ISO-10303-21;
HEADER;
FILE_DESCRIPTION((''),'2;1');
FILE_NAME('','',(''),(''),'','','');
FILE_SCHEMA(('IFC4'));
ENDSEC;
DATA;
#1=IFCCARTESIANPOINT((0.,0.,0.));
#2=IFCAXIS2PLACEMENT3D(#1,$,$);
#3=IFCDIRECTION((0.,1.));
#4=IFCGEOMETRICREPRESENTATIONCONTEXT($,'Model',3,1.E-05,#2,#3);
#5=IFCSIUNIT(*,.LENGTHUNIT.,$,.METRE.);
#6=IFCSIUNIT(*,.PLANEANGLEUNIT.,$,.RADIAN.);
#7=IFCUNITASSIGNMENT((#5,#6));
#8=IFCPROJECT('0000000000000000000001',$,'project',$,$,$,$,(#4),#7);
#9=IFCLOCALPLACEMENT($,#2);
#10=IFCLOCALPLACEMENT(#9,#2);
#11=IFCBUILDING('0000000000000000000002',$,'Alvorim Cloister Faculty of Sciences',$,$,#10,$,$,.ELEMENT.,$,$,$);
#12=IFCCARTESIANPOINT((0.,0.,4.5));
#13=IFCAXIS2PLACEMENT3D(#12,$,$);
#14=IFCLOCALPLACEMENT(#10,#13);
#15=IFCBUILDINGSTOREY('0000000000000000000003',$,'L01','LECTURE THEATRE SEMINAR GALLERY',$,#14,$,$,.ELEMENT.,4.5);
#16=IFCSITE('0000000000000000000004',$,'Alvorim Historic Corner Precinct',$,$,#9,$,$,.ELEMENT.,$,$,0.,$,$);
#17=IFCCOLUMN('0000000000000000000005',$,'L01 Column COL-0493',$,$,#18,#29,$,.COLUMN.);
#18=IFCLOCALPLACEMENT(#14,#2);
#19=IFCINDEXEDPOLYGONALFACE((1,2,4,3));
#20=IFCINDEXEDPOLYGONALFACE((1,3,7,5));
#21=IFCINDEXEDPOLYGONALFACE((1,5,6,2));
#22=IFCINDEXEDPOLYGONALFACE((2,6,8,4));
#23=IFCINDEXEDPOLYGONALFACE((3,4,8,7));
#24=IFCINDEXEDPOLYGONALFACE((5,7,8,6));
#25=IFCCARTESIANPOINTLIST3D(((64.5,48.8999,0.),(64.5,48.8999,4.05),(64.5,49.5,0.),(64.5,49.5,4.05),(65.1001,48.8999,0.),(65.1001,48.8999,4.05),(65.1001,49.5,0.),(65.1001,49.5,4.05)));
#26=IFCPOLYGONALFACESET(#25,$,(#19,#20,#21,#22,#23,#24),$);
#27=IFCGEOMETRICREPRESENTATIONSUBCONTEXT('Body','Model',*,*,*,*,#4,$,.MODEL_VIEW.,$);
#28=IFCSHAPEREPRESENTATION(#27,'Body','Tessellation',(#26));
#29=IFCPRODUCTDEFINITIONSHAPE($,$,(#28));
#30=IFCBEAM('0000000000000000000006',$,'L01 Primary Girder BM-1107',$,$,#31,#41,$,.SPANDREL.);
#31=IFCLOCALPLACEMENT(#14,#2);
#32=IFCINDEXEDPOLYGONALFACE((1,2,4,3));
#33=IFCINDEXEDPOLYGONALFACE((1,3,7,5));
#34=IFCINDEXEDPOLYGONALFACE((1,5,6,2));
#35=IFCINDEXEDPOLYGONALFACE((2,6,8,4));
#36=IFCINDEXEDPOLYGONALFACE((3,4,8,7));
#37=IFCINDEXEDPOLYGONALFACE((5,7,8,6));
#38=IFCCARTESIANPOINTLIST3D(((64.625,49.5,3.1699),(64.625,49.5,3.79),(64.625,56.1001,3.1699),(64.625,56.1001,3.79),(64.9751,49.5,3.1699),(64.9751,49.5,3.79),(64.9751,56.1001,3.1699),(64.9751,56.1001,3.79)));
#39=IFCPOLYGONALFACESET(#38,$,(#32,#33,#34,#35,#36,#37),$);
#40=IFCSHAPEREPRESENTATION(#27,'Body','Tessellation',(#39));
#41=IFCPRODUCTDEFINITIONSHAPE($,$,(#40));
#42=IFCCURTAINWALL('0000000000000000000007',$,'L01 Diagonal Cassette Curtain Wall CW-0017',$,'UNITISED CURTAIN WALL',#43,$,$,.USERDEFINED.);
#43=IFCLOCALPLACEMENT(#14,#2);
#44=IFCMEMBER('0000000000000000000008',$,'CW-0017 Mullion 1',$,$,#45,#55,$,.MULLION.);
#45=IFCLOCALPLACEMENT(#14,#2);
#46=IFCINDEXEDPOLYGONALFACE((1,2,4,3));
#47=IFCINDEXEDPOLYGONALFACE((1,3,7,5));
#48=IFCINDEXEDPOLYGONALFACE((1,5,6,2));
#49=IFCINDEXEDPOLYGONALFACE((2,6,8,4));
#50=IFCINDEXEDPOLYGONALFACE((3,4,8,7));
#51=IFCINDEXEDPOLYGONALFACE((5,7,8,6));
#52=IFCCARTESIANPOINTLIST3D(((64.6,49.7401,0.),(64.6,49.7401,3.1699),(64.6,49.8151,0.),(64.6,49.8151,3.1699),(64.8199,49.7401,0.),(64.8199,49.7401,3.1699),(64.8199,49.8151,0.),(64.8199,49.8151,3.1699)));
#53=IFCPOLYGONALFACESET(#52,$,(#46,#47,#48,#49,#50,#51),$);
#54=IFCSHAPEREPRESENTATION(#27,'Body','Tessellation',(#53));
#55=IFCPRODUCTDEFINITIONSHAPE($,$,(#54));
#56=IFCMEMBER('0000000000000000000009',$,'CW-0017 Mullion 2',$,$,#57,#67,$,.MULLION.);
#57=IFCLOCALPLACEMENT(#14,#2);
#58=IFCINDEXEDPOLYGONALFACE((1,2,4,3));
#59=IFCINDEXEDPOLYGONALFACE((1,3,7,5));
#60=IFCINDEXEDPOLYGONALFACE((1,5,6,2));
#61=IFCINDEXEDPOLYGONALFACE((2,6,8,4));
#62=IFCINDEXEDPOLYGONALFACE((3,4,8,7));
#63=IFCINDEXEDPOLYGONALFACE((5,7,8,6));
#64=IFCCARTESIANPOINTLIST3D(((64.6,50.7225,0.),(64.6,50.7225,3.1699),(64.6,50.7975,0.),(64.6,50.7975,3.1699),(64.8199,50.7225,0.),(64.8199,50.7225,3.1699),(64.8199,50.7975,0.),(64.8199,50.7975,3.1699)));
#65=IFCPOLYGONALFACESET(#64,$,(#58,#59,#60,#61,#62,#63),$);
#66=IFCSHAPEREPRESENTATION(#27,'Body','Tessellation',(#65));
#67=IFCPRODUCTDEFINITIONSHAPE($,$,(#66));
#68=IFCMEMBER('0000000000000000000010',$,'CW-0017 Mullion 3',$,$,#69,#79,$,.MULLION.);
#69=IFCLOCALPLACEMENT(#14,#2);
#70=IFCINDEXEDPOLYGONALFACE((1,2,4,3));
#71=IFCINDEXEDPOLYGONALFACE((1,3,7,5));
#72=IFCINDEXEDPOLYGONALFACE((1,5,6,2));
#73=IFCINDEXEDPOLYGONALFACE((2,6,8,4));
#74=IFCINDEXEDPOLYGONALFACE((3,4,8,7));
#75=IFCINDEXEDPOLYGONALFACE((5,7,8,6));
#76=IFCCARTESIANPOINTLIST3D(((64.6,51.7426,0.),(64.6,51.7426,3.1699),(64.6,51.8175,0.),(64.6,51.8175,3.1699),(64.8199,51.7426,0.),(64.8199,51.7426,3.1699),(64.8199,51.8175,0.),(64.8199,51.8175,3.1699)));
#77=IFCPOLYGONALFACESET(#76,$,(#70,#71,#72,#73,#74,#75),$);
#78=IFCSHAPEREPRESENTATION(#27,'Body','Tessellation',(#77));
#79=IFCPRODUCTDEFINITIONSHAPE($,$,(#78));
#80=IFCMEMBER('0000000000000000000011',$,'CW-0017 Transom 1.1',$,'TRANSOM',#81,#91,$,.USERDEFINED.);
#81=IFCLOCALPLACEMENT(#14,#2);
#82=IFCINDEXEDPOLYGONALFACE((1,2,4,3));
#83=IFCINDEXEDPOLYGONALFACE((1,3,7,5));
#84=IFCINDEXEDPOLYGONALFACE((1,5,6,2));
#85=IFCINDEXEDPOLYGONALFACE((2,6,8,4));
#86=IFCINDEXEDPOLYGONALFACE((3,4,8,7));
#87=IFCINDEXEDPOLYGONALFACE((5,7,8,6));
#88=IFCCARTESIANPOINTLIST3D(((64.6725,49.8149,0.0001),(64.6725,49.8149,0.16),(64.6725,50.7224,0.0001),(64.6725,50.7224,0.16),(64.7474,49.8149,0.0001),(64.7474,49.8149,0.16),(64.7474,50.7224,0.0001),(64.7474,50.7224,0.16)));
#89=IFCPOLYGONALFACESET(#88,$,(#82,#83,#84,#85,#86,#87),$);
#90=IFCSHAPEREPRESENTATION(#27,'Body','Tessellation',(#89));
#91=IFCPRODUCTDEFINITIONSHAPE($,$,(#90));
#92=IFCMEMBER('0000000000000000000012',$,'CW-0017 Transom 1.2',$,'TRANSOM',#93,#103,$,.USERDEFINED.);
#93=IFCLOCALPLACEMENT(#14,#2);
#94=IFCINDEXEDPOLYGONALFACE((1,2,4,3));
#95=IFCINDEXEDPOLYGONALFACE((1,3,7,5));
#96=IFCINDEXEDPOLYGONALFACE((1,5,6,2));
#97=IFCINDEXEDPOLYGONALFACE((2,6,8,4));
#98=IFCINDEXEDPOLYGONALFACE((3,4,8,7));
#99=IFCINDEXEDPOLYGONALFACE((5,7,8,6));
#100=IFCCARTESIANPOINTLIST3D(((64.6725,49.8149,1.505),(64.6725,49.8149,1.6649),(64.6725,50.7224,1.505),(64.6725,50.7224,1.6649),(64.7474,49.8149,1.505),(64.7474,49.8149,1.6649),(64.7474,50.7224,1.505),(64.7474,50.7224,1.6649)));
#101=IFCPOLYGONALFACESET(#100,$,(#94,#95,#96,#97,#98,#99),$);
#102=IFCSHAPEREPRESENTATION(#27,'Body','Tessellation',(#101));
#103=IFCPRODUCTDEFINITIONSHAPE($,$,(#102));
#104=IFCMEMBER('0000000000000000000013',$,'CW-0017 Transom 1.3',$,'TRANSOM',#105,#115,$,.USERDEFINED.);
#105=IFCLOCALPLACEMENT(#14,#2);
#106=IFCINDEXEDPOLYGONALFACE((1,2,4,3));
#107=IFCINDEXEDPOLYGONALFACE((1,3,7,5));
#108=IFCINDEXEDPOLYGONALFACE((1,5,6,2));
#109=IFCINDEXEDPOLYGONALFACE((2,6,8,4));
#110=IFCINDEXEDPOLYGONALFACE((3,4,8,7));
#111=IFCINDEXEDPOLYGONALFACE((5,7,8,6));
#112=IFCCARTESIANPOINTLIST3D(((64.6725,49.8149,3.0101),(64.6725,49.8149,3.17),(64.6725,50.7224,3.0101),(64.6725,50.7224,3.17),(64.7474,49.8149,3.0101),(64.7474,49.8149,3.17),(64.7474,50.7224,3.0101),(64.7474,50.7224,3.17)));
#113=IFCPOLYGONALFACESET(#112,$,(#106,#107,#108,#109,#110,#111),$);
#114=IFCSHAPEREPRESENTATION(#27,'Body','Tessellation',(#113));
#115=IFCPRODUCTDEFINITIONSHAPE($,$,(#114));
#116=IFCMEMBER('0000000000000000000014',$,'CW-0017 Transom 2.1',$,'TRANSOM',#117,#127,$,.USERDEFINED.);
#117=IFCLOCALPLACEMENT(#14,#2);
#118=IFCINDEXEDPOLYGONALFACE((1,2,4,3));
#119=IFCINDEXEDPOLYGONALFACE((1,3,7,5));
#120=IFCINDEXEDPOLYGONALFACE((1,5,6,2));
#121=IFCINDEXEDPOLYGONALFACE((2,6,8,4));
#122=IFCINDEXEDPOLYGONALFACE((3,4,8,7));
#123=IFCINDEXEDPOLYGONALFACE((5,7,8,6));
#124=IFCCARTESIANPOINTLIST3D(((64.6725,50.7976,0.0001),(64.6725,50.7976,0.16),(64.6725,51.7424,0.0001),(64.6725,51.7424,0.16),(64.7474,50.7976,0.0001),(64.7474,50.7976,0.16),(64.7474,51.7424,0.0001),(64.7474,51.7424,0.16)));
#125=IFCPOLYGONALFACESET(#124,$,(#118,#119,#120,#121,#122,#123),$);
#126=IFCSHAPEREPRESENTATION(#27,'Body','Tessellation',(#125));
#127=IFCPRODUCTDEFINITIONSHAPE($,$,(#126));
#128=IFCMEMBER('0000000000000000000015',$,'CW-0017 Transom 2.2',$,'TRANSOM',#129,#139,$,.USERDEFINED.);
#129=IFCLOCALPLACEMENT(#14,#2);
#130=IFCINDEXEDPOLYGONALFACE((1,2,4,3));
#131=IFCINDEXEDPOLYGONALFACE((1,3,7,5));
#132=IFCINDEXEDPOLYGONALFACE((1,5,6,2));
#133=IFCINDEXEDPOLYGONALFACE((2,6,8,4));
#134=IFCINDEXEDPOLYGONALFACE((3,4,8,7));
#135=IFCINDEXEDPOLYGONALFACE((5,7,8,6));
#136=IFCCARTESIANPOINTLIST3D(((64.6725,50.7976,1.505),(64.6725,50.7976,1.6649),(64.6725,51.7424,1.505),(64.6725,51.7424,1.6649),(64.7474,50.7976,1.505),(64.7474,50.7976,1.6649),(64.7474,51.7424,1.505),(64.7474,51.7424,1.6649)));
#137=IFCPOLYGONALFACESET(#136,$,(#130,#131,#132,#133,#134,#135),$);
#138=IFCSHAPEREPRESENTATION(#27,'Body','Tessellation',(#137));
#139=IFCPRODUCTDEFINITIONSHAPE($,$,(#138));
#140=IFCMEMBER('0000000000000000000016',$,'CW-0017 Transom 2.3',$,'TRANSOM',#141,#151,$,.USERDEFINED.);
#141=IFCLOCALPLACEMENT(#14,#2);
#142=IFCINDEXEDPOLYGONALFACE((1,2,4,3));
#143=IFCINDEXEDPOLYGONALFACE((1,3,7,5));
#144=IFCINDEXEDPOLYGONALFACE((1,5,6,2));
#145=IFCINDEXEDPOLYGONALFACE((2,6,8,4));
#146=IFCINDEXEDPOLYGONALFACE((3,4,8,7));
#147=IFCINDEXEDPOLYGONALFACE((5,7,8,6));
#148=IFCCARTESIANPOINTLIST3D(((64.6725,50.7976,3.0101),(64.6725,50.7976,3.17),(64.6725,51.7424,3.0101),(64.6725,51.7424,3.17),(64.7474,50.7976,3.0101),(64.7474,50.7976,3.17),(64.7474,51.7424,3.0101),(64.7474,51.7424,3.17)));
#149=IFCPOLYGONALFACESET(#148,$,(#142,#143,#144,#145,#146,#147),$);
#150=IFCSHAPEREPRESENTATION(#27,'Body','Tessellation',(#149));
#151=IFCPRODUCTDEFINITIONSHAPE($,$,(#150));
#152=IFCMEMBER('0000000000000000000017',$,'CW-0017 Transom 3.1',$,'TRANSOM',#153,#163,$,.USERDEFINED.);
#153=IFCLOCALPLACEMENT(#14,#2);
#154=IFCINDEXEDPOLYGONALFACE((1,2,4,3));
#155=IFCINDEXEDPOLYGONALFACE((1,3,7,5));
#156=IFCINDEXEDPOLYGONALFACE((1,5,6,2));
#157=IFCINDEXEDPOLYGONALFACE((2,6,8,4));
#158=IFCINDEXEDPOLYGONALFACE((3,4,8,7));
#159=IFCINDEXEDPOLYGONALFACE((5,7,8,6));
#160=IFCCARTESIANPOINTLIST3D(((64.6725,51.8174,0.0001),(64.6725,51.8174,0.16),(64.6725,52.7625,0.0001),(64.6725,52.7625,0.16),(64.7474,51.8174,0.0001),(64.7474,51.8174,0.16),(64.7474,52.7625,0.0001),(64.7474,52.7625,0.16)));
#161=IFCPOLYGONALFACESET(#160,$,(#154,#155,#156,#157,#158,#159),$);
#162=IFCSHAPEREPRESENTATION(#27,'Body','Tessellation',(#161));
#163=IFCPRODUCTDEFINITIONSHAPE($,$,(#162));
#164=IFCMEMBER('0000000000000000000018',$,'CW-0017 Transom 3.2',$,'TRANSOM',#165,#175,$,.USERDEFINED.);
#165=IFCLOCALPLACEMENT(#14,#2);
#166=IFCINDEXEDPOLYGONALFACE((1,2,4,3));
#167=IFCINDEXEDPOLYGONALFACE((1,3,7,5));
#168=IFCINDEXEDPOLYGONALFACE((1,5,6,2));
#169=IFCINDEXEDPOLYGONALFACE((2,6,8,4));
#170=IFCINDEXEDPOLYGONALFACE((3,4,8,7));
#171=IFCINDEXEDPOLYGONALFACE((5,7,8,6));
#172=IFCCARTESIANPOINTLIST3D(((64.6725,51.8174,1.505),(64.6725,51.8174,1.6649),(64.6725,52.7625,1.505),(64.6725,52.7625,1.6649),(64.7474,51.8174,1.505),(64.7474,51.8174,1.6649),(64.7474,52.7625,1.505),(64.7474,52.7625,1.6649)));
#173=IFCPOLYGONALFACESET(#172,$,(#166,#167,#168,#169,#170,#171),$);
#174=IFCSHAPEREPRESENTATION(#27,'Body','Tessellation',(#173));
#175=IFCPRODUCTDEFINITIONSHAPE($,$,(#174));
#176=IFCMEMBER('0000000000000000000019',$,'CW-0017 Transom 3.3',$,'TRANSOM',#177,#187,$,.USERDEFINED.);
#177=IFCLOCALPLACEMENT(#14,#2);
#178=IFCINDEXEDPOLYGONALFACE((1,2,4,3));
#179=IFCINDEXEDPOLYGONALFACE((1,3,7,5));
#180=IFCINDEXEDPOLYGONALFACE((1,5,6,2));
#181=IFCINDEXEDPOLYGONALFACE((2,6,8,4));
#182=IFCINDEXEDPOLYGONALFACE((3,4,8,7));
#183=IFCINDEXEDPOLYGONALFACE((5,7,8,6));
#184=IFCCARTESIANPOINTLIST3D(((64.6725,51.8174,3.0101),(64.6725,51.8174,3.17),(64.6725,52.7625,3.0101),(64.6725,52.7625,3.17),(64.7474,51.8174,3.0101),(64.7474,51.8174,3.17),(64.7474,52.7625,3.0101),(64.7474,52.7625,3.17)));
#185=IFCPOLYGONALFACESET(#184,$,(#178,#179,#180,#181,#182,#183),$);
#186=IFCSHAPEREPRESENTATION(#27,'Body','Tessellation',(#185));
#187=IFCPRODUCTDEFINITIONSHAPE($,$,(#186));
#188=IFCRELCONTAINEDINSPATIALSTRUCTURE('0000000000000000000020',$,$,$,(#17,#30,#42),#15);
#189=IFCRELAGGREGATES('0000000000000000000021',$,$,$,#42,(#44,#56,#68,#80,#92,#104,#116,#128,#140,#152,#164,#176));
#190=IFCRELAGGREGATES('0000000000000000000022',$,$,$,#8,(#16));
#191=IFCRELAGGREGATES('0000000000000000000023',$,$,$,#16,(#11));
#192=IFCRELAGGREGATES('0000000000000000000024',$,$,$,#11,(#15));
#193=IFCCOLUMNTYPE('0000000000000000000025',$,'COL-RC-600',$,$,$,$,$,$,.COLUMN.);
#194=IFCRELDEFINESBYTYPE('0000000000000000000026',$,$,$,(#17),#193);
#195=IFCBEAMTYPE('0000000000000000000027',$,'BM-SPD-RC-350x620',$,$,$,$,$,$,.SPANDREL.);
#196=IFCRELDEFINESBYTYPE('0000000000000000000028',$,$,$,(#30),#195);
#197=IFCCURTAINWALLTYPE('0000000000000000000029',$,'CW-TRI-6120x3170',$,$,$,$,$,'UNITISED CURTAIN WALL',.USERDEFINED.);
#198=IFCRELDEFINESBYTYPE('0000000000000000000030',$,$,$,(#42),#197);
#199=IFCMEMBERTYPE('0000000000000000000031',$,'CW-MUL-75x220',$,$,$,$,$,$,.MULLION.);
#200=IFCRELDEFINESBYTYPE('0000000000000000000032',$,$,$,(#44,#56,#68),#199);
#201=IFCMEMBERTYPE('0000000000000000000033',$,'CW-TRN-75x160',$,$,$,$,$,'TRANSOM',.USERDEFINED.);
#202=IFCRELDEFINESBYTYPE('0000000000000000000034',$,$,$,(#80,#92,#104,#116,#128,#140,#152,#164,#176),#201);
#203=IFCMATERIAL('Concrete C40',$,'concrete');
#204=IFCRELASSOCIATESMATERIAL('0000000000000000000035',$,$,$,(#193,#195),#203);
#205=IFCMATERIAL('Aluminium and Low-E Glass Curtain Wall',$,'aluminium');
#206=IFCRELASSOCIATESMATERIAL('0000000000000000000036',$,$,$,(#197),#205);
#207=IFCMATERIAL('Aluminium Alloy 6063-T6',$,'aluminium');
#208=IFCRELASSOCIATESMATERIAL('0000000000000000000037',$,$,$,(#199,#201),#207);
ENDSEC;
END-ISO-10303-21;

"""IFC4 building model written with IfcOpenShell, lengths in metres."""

from ifc_helpers import new_model, si_unit, direction, frame, origin, origin_2d, place, context, subcontext, project, spatial, rectangle, extrude, material, material_profile, profile_set, type_object, element, aggregate, save


model = new_model("IFC4")

# Units and contexts
model_context = context("Model", 3, precision=1e-05, world=origin(), true_north=direction((0.0, 1.0)))
body_context = subcontext(model_context, "Body", "Model", "MODEL_VIEW")
ifc_project = project(units=[si_unit("LENGTHUNIT", "METRE"), si_unit("PLANEANGLEUNIT", "RADIAN")], contexts=[model_context])

# Site, building, storey
site_placement = place(None, origin())
site = spatial("IfcSite", under=ifc_project, at=site_placement, Name="Alvorim Historic Corner Precinct", CompositionType="ELEMENT", RefElevation=0.0)
building_placement = place(site_placement, origin())
building = spatial("IfcBuilding", under=site, at=building_placement, Name="Alvorim Cloister Faculty of Sciences", CompositionType="ELEMENT")
storey_placement = place(building_placement, frame((0.0, 0.0, 4.5)))
storey = spatial("IfcBuildingStorey", under=building, at=storey_placement, Name="L01", Description="LECTURE THEATRE SEMINAR GALLERY", CompositionType="ELEMENT", Elevation=4.5)

# Column
ifc_material_1 = material(Name="Concrete C40", Category="concrete")
ifc_material_profile_1 = material_profile(ifc_material_1, rectangle(XDim=0.6001, YDim=0.6001, at=origin_2d()), Name="RC40-COL-600x600")
ifc_profile_set_1 = profile_set([ifc_material_profile_1], Name="Concrete C40")
column_type = type_object("IfcColumnType", Name="COL-RC-600", PredefinedType="COLUMN", material=ifc_profile_set_1)
column_placement = place(storey_placement, frame((64.8, 49.2, 0.0), z_axis=(0.0, 0.0, 1.0), x_axis=(1.0, 0.0, 0.0)))
element("IfcColumn", 1, at=column_placement, inside=storey, type_object=column_type, Name="L01 Column COL-0493", PredefinedType="COLUMN", context=body_context, shape_type="SweptSolid", body=[
    extrude(rectangle(XDim=0.6001, YDim=0.6001, at=origin_2d()), origin(), (0.0, 0.0, 1.0), 4.05),
])

# Beam
ifc_material_profile_2 = material_profile(ifc_material_1, rectangle(XDim=0.3501, YDim=0.6201, at=origin_2d()), Name="RC40-SPD-350x620")
ifc_profile_set_2 = profile_set([ifc_material_profile_2], Name="Concrete C40")
beam_type = type_object("IfcBeamType", Name="BM-SPD-RC-350x620", PredefinedType="SPANDREL", material=ifc_profile_set_2)
beam_placement = place(storey_placement, frame((64.8, 49.5, 3.48), z_axis=(0.0, 1.0, 0.0), x_axis=(-1.0, 0.0, 0.0)))
element("IfcBeam", 2, at=beam_placement, inside=storey, type_object=beam_type, Name="L01 Primary Girder BM-1107", PredefinedType="SPANDREL", context=body_context, shape_type="SweptSolid", body=[
    extrude(rectangle(XDim=0.3501, YDim=0.6201, at=origin_2d()), origin(), (0.0, 0.0, 1.0), 6.6001),
])

# Curtain wall, members
ifc_material_2 = material(Name="Aluminium and Low-E Glass Curtain Wall", Category="aluminium")
curtain_wall_type = type_object("IfcCurtainWallType", Name="CW-TRI-6120x3170", ElementType="UNITISED CURTAIN WALL", PredefinedType="USERDEFINED", material=ifc_material_2)
curtain_wall_placement = place(storey_placement, origin())
curtain_wall = element("IfcCurtainWall", 3, at=curtain_wall_placement, inside=storey, type_object=curtain_wall_type, Name="L01 Diagonal Cassette Curtain Wall CW-0017", ObjectType="UNITISED CURTAIN WALL", PredefinedType="USERDEFINED")
ifc_material_3 = material(Name="Aluminium Alloy 6063-T6", Category="aluminium")
ifc_material_profile_3 = material_profile(ifc_material_3, rectangle(XDim=0.075, YDim=0.22, at=origin_2d()), Name="ALU-MUL-75x220")
ifc_profile_set_3 = profile_set([ifc_material_profile_3], Name="Aluminium Alloy 6063-T6")
member_type_1 = type_object("IfcMemberType", Name="CW-MUL-75x220", PredefinedType="MULLION", material=ifc_profile_set_3)
member_1_placement = place(storey_placement, frame((64.71, 49.7776, 0.0), z_axis=(0.0, 0.0, 1.0), x_axis=(0.0, 1.0, 0.0)))
member_1 = element("IfcMember", 4, at=member_1_placement, type_object=member_type_1, Name="CW-0017 Mullion 1", PredefinedType="MULLION", context=body_context, shape_type="SweptSolid", body=[
    extrude(rectangle(XDim=0.075, YDim=0.22, at=origin_2d()), origin(), (0.0, 0.0, 1.0), 3.1699),
])
member_2_placement = place(storey_placement, frame((64.71, 50.76, 0.0), z_axis=(0.0, 0.0, 1.0), x_axis=(0.0, 1.0, 0.0)))
member_2 = element("IfcMember", 5, at=member_2_placement, type_object=member_type_1, Name="CW-0017 Mullion 2", PredefinedType="MULLION", context=body_context, shape_type="SweptSolid", body=[
    extrude(rectangle(XDim=0.075, YDim=0.22, at=origin_2d()), origin(), (0.0, 0.0, 1.0), 3.1699),
])
member_3_placement = place(storey_placement, frame((64.71, 51.78, 0.0), z_axis=(0.0, 0.0, 1.0), x_axis=(0.0, 1.0, 0.0)))
member_3 = element("IfcMember", 6, at=member_3_placement, type_object=member_type_1, Name="CW-0017 Mullion 3", PredefinedType="MULLION", context=body_context, shape_type="SweptSolid", body=[
    extrude(rectangle(XDim=0.075, YDim=0.22, at=origin_2d()), origin(), (0.0, 0.0, 1.0), 3.1699),
])
ifc_material_profile_4 = material_profile(ifc_material_3, rectangle(XDim=0.075, YDim=0.1599, at=origin_2d()), Name="ALU-TRN-75x160")
ifc_profile_set_4 = profile_set([ifc_material_profile_4], Name="Aluminium Alloy 6063-T6")
member_type_2 = type_object("IfcMemberType", Name="CW-TRN-75x160", ElementType="TRANSOM", PredefinedType="USERDEFINED", material=ifc_profile_set_4)
member_4_placement = place(storey_placement, frame((64.71, 49.8149, 0.0801), z_axis=(0.0, 1.0, 0.0), x_axis=(-1.0, 0.0, 0.0)))
member_4 = element("IfcMember", 7, at=member_4_placement, type_object=member_type_2, Name="CW-0017 Transom 1.1", ObjectType="TRANSOM", PredefinedType="USERDEFINED", context=body_context, shape_type="SweptSolid", body=[
    extrude(rectangle(XDim=0.075, YDim=0.1599, at=origin_2d()), origin(), (0.0, 0.0, 1.0), 0.9075),
])
member_5_placement = place(storey_placement, frame((64.71, 49.8149, 1.585), z_axis=(0.0, 1.0, 0.0), x_axis=(-1.0, 0.0, 0.0)))
member_5 = element("IfcMember", 8, at=member_5_placement, type_object=member_type_2, Name="CW-0017 Transom 1.2", ObjectType="TRANSOM", PredefinedType="USERDEFINED", context=body_context, shape_type="SweptSolid", body=[
    extrude(rectangle(XDim=0.075, YDim=0.1599, at=origin_2d()), origin(), (0.0, 0.0, 1.0), 0.9075),
])
member_6_placement = place(storey_placement, frame((64.71, 49.8149, 3.0901), z_axis=(0.0, 1.0, 0.0), x_axis=(-1.0, 0.0, 0.0)))
member_6 = element("IfcMember", 9, at=member_6_placement, type_object=member_type_2, Name="CW-0017 Transom 1.3", ObjectType="TRANSOM", PredefinedType="USERDEFINED", context=body_context, shape_type="SweptSolid", body=[
    extrude(rectangle(XDim=0.075, YDim=0.1599, at=origin_2d()), origin(), (0.0, 0.0, 1.0), 0.9075),
])
member_7_placement = place(storey_placement, frame((64.71, 50.7976, 0.0801), z_axis=(0.0, 1.0, 0.0), x_axis=(-1.0, 0.0, 0.0)))
member_7 = element("IfcMember", 10, at=member_7_placement, type_object=member_type_2, Name="CW-0017 Transom 2.1", ObjectType="TRANSOM", PredefinedType="USERDEFINED", context=body_context, shape_type="SweptSolid", body=[
    extrude(rectangle(XDim=0.075, YDim=0.1599, at=origin_2d()), origin(), (0.0, 0.0, 1.0), 0.9448),
])
member_8_placement = place(storey_placement, frame((64.71, 50.7976, 1.585), z_axis=(0.0, 1.0, 0.0), x_axis=(-1.0, 0.0, 0.0)))
member_8 = element("IfcMember", 11, at=member_8_placement, type_object=member_type_2, Name="CW-0017 Transom 2.2", ObjectType="TRANSOM", PredefinedType="USERDEFINED", context=body_context, shape_type="SweptSolid", body=[
    extrude(rectangle(XDim=0.075, YDim=0.1599, at=origin_2d()), origin(), (0.0, 0.0, 1.0), 0.9448),
])
member_9_placement = place(storey_placement, frame((64.71, 50.7976, 3.0901), z_axis=(0.0, 1.0, 0.0), x_axis=(-1.0, 0.0, 0.0)))
member_9 = element("IfcMember", 12, at=member_9_placement, type_object=member_type_2, Name="CW-0017 Transom 2.3", ObjectType="TRANSOM", PredefinedType="USERDEFINED", context=body_context, shape_type="SweptSolid", body=[
    extrude(rectangle(XDim=0.075, YDim=0.1599, at=origin_2d()), origin(), (0.0, 0.0, 1.0), 0.9448),
])
member_10_placement = place(storey_placement, frame((64.71, 51.8174, 0.0801), z_axis=(0.0, 1.0, 0.0), x_axis=(-1.0, 0.0, 0.0)))
member_10 = element("IfcMember", 13, at=member_10_placement, type_object=member_type_2, Name="CW-0017 Transom 3.1", ObjectType="TRANSOM", PredefinedType="USERDEFINED", context=body_context, shape_type="SweptSolid", body=[
    extrude(rectangle(XDim=0.075, YDim=0.1599, at=origin_2d()), origin(), (0.0, 0.0, 1.0), 0.9451),
])
member_11_placement = place(storey_placement, frame((64.71, 51.8174, 1.585), z_axis=(0.0, 1.0, 0.0), x_axis=(-1.0, 0.0, 0.0)))
member_11 = element("IfcMember", 14, at=member_11_placement, type_object=member_type_2, Name="CW-0017 Transom 3.2", ObjectType="TRANSOM", PredefinedType="USERDEFINED", context=body_context, shape_type="SweptSolid", body=[
    extrude(rectangle(XDim=0.075, YDim=0.1599, at=origin_2d()), origin(), (0.0, 0.0, 1.0), 0.9451),
])
member_12_placement = place(storey_placement, frame((64.71, 51.8174, 3.0901), z_axis=(0.0, 1.0, 0.0), x_axis=(-1.0, 0.0, 0.0)))
member_12 = element("IfcMember", 15, at=member_12_placement, type_object=member_type_2, Name="CW-0017 Transom 3.3", ObjectType="TRANSOM", PredefinedType="USERDEFINED", context=body_context, shape_type="SweptSolid", body=[
    extrude(rectangle(XDim=0.075, YDim=0.1599, at=origin_2d()), origin(), (0.0, 0.0, 1.0), 0.9451),
])
aggregate(curtain_wall, [member_1, member_2, member_3, member_4, member_5, member_6, member_7, member_8, member_9, member_10, member_11, member_12])

save(model, "model.ifc")
